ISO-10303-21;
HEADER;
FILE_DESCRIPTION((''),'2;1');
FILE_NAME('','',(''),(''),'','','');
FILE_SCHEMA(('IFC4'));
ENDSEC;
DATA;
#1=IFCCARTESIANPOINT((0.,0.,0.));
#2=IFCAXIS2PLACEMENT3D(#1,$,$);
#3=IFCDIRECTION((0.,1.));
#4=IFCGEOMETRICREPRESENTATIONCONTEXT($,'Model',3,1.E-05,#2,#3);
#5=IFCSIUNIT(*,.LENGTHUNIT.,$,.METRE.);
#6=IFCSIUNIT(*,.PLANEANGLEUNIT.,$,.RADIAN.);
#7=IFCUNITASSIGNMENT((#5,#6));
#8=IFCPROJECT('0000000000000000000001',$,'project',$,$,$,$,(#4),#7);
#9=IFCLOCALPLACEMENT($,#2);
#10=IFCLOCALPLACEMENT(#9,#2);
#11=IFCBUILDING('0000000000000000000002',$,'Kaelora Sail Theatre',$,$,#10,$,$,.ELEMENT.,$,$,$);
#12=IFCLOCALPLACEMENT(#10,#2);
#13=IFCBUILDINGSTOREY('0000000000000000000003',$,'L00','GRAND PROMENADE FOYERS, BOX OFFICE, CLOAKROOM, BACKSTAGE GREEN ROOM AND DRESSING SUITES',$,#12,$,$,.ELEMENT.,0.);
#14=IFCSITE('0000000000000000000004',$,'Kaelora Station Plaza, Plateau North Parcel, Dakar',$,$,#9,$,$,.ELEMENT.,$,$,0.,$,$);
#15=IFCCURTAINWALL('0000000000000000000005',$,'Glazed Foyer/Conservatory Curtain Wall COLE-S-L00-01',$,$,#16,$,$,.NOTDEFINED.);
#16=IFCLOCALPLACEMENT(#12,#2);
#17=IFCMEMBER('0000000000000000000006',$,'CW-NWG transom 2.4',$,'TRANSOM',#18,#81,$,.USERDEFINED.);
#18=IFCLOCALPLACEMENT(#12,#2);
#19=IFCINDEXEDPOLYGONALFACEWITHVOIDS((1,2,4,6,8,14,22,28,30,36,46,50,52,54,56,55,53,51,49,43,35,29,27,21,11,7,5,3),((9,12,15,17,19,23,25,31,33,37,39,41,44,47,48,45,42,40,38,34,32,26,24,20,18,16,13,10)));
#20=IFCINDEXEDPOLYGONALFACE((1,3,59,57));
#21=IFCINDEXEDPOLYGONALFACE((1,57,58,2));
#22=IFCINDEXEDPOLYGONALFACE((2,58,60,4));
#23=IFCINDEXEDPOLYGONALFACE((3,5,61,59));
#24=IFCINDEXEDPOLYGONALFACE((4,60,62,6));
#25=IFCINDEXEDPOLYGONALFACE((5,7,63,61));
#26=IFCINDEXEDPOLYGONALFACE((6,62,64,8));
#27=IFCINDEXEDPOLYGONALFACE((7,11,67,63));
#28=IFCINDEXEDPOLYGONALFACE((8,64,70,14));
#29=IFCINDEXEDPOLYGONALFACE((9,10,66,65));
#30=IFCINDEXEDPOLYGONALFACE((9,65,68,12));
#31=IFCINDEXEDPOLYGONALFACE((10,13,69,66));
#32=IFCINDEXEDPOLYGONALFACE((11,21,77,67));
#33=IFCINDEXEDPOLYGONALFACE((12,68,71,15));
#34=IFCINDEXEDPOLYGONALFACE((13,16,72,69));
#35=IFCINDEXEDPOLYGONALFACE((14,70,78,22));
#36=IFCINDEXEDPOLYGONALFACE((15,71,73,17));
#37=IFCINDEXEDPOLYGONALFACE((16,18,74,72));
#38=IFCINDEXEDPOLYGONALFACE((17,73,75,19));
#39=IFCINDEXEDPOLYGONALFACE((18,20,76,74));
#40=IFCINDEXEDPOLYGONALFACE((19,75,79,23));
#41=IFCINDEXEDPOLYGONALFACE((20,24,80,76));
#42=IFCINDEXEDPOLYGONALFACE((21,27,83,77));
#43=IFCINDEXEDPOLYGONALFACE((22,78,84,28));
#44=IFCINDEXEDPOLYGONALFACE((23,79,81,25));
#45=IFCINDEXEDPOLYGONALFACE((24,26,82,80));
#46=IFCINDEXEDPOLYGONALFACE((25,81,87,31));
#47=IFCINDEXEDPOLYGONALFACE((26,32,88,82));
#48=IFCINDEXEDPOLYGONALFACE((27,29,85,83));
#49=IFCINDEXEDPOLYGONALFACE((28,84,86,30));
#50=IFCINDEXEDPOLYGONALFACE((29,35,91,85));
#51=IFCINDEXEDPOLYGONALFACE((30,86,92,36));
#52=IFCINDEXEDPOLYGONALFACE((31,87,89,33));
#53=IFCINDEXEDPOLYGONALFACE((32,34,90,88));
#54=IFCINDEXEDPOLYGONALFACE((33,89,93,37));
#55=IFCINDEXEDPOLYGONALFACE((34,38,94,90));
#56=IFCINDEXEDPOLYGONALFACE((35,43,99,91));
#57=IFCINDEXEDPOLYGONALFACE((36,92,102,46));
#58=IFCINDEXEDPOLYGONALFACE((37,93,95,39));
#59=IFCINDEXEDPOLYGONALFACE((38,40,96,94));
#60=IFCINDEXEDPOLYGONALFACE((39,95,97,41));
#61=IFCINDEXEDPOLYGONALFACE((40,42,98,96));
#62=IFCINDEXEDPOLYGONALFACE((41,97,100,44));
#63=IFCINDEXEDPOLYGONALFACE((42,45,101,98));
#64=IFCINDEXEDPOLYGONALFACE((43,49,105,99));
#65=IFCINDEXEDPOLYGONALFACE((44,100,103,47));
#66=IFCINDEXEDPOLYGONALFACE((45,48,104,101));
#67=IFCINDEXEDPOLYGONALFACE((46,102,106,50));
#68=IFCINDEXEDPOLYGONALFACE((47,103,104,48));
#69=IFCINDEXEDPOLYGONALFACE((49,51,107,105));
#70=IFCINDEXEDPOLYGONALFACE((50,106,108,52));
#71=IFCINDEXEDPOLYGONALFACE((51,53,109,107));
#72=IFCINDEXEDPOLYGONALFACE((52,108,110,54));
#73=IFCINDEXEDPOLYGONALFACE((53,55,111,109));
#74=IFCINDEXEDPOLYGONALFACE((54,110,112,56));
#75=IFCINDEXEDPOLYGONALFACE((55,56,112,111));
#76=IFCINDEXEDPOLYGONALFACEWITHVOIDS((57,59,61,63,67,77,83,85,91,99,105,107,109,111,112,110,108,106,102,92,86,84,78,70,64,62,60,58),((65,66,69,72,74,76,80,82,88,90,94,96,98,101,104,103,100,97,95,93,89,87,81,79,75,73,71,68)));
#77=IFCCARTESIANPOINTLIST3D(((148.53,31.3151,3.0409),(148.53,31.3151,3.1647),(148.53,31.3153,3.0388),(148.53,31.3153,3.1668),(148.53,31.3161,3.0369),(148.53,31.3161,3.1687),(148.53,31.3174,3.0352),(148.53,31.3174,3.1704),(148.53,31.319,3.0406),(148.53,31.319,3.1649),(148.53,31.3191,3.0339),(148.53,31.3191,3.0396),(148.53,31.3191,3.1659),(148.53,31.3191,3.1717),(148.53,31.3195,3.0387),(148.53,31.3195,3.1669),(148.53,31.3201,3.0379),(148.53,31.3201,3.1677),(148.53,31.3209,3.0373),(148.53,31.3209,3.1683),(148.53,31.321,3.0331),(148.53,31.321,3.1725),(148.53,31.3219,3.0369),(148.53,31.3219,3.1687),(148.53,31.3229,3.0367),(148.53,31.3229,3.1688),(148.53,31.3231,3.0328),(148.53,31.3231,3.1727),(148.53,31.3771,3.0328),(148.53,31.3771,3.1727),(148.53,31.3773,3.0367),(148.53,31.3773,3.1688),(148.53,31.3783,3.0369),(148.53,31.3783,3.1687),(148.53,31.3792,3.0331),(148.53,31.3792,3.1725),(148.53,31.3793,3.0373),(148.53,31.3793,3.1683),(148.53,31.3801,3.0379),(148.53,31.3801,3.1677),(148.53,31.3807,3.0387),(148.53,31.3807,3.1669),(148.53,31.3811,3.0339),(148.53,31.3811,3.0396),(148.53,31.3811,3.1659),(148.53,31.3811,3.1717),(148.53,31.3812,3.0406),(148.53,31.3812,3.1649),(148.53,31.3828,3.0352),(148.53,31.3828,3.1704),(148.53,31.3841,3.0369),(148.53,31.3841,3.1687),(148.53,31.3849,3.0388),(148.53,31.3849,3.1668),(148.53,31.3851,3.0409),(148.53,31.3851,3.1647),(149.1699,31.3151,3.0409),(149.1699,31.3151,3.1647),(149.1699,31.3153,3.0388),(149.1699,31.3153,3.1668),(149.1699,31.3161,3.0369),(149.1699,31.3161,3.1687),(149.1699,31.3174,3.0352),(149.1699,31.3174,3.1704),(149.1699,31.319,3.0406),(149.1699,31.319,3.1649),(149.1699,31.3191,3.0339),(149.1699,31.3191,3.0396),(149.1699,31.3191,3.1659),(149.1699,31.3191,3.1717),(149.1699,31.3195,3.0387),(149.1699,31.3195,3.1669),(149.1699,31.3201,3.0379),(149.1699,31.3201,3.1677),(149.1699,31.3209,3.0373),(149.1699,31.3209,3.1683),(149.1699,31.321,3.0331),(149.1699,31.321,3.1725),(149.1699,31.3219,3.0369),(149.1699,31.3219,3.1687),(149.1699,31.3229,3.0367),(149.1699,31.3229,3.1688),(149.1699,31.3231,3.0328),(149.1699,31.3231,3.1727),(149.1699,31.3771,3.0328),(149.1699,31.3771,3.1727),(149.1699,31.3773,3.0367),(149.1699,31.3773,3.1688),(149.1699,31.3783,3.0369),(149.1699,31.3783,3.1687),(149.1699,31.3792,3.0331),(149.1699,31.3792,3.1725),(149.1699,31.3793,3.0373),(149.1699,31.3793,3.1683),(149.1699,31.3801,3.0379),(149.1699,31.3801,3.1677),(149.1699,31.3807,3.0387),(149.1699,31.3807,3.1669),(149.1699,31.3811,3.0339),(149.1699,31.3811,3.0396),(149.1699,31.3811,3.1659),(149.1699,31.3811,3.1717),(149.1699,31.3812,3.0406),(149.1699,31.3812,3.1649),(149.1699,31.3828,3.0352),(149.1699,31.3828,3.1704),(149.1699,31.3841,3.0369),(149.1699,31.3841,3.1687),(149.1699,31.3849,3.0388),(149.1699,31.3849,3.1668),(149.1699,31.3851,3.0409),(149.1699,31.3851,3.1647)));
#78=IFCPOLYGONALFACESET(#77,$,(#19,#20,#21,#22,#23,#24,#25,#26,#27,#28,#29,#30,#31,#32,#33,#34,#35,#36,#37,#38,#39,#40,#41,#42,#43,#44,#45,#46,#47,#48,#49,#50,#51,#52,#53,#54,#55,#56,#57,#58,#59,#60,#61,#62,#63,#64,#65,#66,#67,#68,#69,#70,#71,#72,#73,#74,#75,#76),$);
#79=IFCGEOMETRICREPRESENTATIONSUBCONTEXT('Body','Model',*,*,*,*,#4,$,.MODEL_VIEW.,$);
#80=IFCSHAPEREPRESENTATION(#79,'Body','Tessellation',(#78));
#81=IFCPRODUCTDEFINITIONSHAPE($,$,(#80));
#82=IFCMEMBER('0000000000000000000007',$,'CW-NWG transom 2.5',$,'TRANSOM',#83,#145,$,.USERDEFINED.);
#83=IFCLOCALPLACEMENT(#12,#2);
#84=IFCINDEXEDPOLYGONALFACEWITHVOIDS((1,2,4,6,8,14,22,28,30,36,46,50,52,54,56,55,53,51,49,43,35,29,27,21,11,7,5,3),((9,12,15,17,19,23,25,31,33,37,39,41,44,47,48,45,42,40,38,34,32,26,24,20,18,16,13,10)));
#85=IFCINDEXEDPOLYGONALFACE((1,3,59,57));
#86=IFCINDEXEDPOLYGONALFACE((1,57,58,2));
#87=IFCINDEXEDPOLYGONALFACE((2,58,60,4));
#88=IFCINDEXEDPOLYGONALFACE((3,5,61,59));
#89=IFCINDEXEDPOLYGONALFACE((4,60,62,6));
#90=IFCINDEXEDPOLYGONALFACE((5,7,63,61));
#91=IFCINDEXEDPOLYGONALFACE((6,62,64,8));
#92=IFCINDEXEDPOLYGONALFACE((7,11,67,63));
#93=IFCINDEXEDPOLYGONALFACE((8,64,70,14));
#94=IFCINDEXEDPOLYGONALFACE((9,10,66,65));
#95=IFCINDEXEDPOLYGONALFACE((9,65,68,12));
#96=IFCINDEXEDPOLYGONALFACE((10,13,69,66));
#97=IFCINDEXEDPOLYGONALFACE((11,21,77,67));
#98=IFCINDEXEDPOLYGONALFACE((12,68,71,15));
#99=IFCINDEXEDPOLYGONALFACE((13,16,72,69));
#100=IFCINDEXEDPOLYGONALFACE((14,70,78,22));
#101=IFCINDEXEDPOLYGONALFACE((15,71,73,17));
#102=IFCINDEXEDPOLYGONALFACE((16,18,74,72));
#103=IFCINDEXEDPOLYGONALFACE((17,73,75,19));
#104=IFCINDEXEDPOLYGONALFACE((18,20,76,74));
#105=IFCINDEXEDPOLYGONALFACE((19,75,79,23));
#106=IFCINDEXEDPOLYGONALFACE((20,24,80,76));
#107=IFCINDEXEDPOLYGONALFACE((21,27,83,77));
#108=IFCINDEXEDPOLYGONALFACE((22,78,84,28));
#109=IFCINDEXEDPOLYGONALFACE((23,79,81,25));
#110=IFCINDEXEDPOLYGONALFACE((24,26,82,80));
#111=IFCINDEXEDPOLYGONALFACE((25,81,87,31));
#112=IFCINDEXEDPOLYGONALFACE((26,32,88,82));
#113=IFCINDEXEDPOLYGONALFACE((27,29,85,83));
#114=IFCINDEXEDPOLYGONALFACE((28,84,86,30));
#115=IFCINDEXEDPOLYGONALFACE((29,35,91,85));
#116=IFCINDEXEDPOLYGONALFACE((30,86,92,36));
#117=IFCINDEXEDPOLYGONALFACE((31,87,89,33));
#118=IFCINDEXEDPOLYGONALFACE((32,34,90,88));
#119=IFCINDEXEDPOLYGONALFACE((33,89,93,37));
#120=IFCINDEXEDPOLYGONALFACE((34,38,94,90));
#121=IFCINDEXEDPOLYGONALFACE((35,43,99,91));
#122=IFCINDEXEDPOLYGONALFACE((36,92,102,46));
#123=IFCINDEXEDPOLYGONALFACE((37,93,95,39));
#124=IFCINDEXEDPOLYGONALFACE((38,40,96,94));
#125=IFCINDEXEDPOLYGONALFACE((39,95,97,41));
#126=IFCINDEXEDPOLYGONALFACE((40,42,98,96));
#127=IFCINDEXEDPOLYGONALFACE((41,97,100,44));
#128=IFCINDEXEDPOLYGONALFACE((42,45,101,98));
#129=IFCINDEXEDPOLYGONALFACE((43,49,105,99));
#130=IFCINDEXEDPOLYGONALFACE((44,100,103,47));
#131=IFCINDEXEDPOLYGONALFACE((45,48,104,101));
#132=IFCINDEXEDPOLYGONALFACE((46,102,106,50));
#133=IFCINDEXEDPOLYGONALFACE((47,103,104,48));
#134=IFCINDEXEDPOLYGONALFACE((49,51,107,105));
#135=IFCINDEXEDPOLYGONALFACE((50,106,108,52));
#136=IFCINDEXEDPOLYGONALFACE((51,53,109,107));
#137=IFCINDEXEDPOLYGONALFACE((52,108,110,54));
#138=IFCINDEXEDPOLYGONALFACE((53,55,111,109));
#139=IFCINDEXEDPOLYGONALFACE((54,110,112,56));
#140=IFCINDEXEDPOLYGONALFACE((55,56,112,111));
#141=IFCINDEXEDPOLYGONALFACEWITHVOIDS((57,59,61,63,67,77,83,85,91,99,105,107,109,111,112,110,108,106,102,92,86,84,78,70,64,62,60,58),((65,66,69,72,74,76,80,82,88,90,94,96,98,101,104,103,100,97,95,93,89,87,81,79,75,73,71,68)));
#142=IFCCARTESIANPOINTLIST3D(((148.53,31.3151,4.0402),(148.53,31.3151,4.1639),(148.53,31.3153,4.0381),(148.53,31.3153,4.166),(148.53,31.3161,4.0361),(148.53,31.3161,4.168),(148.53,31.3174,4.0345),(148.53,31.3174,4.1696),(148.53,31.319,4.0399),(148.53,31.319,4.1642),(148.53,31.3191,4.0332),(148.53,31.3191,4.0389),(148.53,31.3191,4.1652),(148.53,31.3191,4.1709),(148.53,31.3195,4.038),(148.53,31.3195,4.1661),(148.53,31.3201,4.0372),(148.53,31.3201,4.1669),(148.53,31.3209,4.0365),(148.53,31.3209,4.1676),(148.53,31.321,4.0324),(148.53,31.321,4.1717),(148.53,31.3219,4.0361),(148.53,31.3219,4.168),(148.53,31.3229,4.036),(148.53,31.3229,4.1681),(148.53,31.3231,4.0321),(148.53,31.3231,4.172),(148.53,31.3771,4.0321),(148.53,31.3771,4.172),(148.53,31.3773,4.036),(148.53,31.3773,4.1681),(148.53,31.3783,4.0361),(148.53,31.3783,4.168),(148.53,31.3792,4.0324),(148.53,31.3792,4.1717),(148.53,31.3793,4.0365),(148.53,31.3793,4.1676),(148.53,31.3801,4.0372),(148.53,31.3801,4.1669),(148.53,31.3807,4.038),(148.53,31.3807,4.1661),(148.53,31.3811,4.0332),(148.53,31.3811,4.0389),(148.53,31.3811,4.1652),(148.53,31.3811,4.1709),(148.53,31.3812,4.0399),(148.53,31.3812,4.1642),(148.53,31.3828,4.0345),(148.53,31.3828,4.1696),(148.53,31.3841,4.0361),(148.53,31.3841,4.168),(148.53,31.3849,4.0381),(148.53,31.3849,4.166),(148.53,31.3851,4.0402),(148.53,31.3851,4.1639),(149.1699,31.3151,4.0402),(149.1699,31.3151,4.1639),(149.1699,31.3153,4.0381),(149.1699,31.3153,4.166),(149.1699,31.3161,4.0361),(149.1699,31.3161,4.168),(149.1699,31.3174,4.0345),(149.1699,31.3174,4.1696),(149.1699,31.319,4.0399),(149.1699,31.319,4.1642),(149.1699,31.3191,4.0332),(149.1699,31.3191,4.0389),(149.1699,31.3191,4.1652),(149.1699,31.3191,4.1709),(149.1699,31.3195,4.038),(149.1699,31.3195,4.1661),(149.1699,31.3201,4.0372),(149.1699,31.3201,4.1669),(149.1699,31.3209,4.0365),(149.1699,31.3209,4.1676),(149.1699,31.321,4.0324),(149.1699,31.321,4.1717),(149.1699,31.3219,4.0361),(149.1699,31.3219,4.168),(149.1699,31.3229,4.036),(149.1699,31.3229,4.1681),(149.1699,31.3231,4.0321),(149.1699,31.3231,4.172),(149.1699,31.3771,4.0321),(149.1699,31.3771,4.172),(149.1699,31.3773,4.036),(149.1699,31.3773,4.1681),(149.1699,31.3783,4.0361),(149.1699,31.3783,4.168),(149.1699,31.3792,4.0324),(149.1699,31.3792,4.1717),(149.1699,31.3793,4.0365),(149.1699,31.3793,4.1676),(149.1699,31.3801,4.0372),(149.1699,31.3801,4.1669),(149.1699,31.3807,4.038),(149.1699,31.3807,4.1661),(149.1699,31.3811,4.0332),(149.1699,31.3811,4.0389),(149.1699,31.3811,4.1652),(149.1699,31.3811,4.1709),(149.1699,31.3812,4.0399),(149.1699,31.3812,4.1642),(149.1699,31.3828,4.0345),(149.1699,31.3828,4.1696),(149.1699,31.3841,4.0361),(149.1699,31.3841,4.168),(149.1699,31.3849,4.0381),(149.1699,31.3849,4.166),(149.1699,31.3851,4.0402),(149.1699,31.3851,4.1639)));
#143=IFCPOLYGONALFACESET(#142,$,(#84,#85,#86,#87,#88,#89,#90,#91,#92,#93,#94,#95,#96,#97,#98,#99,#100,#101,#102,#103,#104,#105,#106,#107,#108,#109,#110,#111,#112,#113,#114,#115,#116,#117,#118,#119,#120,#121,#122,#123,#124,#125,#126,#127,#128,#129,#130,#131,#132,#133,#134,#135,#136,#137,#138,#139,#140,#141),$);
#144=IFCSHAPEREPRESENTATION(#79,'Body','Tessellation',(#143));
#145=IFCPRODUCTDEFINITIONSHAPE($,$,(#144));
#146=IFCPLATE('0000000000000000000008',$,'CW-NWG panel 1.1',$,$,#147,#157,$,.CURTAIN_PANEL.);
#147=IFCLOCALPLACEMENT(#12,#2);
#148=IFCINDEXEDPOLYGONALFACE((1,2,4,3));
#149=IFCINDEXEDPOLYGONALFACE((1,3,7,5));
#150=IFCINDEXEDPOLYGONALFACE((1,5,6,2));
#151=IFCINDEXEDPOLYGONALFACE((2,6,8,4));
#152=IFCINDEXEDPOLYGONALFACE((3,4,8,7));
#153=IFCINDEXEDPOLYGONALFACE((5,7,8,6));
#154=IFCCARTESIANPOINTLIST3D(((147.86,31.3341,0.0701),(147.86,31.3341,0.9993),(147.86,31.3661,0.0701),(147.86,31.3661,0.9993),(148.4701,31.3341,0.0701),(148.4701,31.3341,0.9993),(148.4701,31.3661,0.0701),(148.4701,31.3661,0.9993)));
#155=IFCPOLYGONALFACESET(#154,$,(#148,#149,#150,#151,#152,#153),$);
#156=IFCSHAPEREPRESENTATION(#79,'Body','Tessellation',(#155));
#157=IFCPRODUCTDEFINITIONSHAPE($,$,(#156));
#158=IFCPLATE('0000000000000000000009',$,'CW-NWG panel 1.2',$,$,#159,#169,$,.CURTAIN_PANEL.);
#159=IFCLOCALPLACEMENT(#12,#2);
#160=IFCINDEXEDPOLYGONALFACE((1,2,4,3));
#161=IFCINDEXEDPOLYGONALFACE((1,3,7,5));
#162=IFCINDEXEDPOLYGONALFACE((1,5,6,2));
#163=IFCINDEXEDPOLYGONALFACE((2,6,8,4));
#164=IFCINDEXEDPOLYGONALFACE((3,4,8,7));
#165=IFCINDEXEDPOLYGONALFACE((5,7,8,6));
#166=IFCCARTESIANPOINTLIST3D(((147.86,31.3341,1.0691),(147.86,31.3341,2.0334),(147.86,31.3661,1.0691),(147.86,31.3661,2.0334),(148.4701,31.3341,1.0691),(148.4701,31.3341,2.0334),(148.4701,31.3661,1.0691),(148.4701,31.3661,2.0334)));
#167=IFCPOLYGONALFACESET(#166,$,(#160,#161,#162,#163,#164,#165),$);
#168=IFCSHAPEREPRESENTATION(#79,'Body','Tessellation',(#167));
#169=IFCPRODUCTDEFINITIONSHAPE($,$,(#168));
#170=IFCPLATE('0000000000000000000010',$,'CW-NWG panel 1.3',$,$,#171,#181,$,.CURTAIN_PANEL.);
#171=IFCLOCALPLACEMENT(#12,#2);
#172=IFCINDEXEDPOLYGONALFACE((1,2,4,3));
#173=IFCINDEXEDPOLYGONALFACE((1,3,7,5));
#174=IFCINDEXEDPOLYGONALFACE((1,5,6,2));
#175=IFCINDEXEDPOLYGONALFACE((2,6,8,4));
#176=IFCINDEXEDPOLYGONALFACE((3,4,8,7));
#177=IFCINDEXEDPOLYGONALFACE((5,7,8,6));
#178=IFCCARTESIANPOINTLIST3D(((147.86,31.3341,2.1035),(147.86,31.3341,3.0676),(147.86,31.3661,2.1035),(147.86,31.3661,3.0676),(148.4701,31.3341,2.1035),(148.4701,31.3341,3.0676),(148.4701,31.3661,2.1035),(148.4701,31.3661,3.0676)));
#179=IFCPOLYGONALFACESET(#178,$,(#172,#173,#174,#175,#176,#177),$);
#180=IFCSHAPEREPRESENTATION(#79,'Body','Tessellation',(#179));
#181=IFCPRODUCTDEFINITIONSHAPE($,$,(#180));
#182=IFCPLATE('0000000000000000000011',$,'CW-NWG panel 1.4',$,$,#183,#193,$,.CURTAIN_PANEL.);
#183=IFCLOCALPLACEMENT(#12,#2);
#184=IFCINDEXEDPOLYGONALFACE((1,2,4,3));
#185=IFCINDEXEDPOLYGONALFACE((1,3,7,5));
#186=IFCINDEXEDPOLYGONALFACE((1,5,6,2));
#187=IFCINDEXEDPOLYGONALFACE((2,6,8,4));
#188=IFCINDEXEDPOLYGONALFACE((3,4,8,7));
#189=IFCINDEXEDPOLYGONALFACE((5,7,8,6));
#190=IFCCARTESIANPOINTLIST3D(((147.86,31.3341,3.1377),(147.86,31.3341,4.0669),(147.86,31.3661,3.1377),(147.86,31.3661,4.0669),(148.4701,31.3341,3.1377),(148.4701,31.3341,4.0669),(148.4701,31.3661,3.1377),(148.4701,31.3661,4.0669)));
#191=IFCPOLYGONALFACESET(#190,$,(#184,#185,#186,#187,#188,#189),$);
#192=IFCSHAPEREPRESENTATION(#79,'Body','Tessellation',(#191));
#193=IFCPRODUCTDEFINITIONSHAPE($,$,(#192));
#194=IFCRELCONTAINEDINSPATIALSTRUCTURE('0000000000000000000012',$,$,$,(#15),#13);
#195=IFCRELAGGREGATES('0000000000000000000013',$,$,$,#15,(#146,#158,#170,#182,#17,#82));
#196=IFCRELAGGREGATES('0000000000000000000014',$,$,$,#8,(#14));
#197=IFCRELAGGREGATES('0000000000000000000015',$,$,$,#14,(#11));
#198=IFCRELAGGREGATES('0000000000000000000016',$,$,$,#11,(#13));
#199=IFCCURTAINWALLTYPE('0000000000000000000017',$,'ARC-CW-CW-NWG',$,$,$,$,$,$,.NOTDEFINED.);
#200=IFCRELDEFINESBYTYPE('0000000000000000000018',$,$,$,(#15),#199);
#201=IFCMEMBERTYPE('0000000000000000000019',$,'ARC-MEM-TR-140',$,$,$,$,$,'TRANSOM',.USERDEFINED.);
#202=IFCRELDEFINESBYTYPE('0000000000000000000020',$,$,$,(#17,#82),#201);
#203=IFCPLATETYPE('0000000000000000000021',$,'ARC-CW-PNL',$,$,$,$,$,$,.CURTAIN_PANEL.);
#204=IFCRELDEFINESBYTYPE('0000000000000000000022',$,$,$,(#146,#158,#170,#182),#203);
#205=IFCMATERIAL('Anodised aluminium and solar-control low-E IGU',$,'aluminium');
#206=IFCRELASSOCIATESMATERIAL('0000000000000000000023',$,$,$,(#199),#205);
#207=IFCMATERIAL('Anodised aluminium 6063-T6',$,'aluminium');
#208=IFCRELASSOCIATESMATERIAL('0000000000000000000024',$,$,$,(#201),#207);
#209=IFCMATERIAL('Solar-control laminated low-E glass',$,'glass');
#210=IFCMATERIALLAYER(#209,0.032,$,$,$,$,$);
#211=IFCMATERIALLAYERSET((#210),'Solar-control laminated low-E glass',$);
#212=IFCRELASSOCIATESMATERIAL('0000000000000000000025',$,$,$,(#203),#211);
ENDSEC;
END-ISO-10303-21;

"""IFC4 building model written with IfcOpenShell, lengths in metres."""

from ifc_helpers import new_model, si_unit, direction, frame, origin, origin_2d, place, context, subcontext, project, spatial, rectangle, hollow_rectangle, extrude, material, layer, layer_set, material_profile, profile_set, type_object, element, aggregate, save


model = new_model("IFC4")

# Units and contexts
model_context = context("Model", 3, precision=1e-05, world=origin(), true_north=direction((0.0, 1.0)))
body_context = subcontext(model_context, "Body", "Model", "MODEL_VIEW")
ifc_project = project(units=[si_unit("LENGTHUNIT", "METRE"), si_unit("PLANEANGLEUNIT", "RADIAN")], contexts=[model_context])

# Site, building, storey
site_placement = place(None, origin())
site = spatial("IfcSite", under=ifc_project, at=site_placement, Name="Kaelora Station Plaza, Plateau North Parcel, Dakar", CompositionType="ELEMENT", RefElevation=0.0)
building_placement = place(site_placement, origin())
building = spatial("IfcBuilding", under=site, at=building_placement, Name="Kaelora Sail Theatre", CompositionType="ELEMENT")
storey_placement = place(building_placement, origin())
storey = spatial("IfcBuildingStorey", under=building, at=storey_placement, Name="L00", Description="GRAND PROMENADE FOYERS, BOX OFFICE, CLOAKROOM, BACKSTAGE GREEN ROOM AND DRESSING SUITES", CompositionType="ELEMENT", Elevation=0.0)

# Curtain wall
ifc_material_1 = material(Name="Anodised aluminium and solar-control low-E IGU", Category="aluminium")
curtain_wall_type = type_object("IfcCurtainWallType", Name="ARC-CW-CW-NWG", PredefinedType="NOTDEFINED", material=ifc_material_1)
curtain_wall_placement = place(storey_placement, origin())
curtain_wall = element("IfcCurtainWall", 1, at=curtain_wall_placement, inside=storey, type_object=curtain_wall_type, Name="Glazed Foyer/Conservatory Curtain Wall COLE-S-L00-01", PredefinedType="NOTDEFINED")

# Members
ifc_material_2 = material(Name="Anodised aluminium 6063-T6", Category="aluminium")
ifc_material_profile_1 = material_profile(ifc_material_2, hollow_rectangle(XDim=0.0701, YDim=0.1399, WallThickness=0.0039, InnerFilletRadius=0.0039, OuterFilletRadius=0.0081, at=origin_2d()), Name="ALU-TRAN 70x140x4")
ifc_profile_set_1 = profile_set([ifc_material_profile_1], Name="Anodised aluminium 6063-T6")
member_type_1 = type_object("IfcMemberType", Name="ARC-MEM-TR-140", ElementType="TRANSOM", PredefinedType="USERDEFINED", material=ifc_profile_set_1)
member_1_placement = place(storey_placement, frame((148.53, 31.3501, 3.1028), z_axis=(1.0, 0.0, 0.0), x_axis=(0.0, 1.0, 0.0)))
member_1 = element("IfcMember", 2, at=member_1_placement, type_object=member_type_1, Name="CW-NWG transom 2.4", ObjectType="TRANSOM", PredefinedType="USERDEFINED", context=body_context, shape_type="SweptSolid", body=[
    extrude(hollow_rectangle(XDim=0.0701, YDim=0.1399, WallThickness=0.0039, InnerFilletRadius=0.0039, OuterFilletRadius=0.0081, at=origin_2d()), origin(), (0.0, 0.0, 1.0), 0.6399),
])
member_2_placement = place(storey_placement, frame((148.53, 31.3501, 4.1021), z_axis=(1.0, 0.0, 0.0), x_axis=(0.0, 1.0, 0.0)))
member_2 = element("IfcMember", 3, at=member_2_placement, type_object=member_type_1, Name="CW-NWG transom 2.5", ObjectType="TRANSOM", PredefinedType="USERDEFINED", context=body_context, shape_type="SweptSolid", body=[
    extrude(hollow_rectangle(XDim=0.0701, YDim=0.1399, WallThickness=0.0039, InnerFilletRadius=0.0039, OuterFilletRadius=0.0081, at=origin_2d()), origin(), (0.0, 0.0, 1.0), 0.6399),
])

# Plates
ifc_material_3 = material(Name="Solar-control laminated low-E glass", Category="glass")
ifc_layer = layer(ifc_material_3, 0.032)
ifc_layer_set = layer_set([ifc_layer], Name="Solar-control laminated low-E glass")
plate_type = type_object("IfcPlateType", Name="ARC-CW-PNL", PredefinedType="CURTAIN_PANEL", material=ifc_layer_set)
plate_1_placement = place(storey_placement, frame((148.165, 31.3501, 0.0701), z_axis=(0.0, 0.0, 1.0), x_axis=(1.0, 0.0, 0.0)))
plate_1 = element("IfcPlate", 4, at=plate_1_placement, type_object=plate_type, Name="CW-NWG panel 1.1", PredefinedType="CURTAIN_PANEL", context=body_context, shape_type="SweptSolid", body=[
    extrude(rectangle(XDim=0.6101, YDim=0.032, at=origin_2d()), origin(), (0.0, 0.0, 1.0), 0.9292),
])
plate_2_placement = place(storey_placement, frame((148.165, 31.3501, 1.0691), z_axis=(0.0, 0.0, 1.0), x_axis=(1.0, 0.0, 0.0)))
plate_2 = element("IfcPlate", 5, at=plate_2_placement, type_object=plate_type, Name="CW-NWG panel 1.2", PredefinedType="CURTAIN_PANEL", context=body_context, shape_type="SweptSolid", body=[
    extrude(rectangle(XDim=0.6101, YDim=0.032, at=origin_2d()), origin(), (0.0, 0.0, 1.0), 0.9644),
])
plate_3_placement = place(storey_placement, frame((148.165, 31.3501, 2.1035), z_axis=(0.0, 0.0, 1.0), x_axis=(1.0, 0.0, 0.0)))
plate_3 = element("IfcPlate", 6, at=plate_3_placement, type_object=plate_type, Name="CW-NWG panel 1.3", PredefinedType="CURTAIN_PANEL", context=body_context, shape_type="SweptSolid", body=[
    extrude(rectangle(XDim=0.6101, YDim=0.032, at=origin_2d()), origin(), (0.0, 0.0, 1.0), 0.9641),
])
plate_4_placement = place(storey_placement, frame((148.165, 31.3501, 3.1377), z_axis=(0.0, 0.0, 1.0), x_axis=(1.0, 0.0, 0.0)))
plate_4 = element("IfcPlate", 7, at=plate_4_placement, type_object=plate_type, Name="CW-NWG panel 1.4", PredefinedType="CURTAIN_PANEL", context=body_context, shape_type="SweptSolid", body=[
    extrude(rectangle(XDim=0.6101, YDim=0.032, at=origin_2d()), origin(), (0.0, 0.0, 1.0), 0.9292),
])
aggregate(curtain_wall, [plate_1, plate_2, plate_3, plate_4, member_1, member_2])

save(model, "model.ifc")
